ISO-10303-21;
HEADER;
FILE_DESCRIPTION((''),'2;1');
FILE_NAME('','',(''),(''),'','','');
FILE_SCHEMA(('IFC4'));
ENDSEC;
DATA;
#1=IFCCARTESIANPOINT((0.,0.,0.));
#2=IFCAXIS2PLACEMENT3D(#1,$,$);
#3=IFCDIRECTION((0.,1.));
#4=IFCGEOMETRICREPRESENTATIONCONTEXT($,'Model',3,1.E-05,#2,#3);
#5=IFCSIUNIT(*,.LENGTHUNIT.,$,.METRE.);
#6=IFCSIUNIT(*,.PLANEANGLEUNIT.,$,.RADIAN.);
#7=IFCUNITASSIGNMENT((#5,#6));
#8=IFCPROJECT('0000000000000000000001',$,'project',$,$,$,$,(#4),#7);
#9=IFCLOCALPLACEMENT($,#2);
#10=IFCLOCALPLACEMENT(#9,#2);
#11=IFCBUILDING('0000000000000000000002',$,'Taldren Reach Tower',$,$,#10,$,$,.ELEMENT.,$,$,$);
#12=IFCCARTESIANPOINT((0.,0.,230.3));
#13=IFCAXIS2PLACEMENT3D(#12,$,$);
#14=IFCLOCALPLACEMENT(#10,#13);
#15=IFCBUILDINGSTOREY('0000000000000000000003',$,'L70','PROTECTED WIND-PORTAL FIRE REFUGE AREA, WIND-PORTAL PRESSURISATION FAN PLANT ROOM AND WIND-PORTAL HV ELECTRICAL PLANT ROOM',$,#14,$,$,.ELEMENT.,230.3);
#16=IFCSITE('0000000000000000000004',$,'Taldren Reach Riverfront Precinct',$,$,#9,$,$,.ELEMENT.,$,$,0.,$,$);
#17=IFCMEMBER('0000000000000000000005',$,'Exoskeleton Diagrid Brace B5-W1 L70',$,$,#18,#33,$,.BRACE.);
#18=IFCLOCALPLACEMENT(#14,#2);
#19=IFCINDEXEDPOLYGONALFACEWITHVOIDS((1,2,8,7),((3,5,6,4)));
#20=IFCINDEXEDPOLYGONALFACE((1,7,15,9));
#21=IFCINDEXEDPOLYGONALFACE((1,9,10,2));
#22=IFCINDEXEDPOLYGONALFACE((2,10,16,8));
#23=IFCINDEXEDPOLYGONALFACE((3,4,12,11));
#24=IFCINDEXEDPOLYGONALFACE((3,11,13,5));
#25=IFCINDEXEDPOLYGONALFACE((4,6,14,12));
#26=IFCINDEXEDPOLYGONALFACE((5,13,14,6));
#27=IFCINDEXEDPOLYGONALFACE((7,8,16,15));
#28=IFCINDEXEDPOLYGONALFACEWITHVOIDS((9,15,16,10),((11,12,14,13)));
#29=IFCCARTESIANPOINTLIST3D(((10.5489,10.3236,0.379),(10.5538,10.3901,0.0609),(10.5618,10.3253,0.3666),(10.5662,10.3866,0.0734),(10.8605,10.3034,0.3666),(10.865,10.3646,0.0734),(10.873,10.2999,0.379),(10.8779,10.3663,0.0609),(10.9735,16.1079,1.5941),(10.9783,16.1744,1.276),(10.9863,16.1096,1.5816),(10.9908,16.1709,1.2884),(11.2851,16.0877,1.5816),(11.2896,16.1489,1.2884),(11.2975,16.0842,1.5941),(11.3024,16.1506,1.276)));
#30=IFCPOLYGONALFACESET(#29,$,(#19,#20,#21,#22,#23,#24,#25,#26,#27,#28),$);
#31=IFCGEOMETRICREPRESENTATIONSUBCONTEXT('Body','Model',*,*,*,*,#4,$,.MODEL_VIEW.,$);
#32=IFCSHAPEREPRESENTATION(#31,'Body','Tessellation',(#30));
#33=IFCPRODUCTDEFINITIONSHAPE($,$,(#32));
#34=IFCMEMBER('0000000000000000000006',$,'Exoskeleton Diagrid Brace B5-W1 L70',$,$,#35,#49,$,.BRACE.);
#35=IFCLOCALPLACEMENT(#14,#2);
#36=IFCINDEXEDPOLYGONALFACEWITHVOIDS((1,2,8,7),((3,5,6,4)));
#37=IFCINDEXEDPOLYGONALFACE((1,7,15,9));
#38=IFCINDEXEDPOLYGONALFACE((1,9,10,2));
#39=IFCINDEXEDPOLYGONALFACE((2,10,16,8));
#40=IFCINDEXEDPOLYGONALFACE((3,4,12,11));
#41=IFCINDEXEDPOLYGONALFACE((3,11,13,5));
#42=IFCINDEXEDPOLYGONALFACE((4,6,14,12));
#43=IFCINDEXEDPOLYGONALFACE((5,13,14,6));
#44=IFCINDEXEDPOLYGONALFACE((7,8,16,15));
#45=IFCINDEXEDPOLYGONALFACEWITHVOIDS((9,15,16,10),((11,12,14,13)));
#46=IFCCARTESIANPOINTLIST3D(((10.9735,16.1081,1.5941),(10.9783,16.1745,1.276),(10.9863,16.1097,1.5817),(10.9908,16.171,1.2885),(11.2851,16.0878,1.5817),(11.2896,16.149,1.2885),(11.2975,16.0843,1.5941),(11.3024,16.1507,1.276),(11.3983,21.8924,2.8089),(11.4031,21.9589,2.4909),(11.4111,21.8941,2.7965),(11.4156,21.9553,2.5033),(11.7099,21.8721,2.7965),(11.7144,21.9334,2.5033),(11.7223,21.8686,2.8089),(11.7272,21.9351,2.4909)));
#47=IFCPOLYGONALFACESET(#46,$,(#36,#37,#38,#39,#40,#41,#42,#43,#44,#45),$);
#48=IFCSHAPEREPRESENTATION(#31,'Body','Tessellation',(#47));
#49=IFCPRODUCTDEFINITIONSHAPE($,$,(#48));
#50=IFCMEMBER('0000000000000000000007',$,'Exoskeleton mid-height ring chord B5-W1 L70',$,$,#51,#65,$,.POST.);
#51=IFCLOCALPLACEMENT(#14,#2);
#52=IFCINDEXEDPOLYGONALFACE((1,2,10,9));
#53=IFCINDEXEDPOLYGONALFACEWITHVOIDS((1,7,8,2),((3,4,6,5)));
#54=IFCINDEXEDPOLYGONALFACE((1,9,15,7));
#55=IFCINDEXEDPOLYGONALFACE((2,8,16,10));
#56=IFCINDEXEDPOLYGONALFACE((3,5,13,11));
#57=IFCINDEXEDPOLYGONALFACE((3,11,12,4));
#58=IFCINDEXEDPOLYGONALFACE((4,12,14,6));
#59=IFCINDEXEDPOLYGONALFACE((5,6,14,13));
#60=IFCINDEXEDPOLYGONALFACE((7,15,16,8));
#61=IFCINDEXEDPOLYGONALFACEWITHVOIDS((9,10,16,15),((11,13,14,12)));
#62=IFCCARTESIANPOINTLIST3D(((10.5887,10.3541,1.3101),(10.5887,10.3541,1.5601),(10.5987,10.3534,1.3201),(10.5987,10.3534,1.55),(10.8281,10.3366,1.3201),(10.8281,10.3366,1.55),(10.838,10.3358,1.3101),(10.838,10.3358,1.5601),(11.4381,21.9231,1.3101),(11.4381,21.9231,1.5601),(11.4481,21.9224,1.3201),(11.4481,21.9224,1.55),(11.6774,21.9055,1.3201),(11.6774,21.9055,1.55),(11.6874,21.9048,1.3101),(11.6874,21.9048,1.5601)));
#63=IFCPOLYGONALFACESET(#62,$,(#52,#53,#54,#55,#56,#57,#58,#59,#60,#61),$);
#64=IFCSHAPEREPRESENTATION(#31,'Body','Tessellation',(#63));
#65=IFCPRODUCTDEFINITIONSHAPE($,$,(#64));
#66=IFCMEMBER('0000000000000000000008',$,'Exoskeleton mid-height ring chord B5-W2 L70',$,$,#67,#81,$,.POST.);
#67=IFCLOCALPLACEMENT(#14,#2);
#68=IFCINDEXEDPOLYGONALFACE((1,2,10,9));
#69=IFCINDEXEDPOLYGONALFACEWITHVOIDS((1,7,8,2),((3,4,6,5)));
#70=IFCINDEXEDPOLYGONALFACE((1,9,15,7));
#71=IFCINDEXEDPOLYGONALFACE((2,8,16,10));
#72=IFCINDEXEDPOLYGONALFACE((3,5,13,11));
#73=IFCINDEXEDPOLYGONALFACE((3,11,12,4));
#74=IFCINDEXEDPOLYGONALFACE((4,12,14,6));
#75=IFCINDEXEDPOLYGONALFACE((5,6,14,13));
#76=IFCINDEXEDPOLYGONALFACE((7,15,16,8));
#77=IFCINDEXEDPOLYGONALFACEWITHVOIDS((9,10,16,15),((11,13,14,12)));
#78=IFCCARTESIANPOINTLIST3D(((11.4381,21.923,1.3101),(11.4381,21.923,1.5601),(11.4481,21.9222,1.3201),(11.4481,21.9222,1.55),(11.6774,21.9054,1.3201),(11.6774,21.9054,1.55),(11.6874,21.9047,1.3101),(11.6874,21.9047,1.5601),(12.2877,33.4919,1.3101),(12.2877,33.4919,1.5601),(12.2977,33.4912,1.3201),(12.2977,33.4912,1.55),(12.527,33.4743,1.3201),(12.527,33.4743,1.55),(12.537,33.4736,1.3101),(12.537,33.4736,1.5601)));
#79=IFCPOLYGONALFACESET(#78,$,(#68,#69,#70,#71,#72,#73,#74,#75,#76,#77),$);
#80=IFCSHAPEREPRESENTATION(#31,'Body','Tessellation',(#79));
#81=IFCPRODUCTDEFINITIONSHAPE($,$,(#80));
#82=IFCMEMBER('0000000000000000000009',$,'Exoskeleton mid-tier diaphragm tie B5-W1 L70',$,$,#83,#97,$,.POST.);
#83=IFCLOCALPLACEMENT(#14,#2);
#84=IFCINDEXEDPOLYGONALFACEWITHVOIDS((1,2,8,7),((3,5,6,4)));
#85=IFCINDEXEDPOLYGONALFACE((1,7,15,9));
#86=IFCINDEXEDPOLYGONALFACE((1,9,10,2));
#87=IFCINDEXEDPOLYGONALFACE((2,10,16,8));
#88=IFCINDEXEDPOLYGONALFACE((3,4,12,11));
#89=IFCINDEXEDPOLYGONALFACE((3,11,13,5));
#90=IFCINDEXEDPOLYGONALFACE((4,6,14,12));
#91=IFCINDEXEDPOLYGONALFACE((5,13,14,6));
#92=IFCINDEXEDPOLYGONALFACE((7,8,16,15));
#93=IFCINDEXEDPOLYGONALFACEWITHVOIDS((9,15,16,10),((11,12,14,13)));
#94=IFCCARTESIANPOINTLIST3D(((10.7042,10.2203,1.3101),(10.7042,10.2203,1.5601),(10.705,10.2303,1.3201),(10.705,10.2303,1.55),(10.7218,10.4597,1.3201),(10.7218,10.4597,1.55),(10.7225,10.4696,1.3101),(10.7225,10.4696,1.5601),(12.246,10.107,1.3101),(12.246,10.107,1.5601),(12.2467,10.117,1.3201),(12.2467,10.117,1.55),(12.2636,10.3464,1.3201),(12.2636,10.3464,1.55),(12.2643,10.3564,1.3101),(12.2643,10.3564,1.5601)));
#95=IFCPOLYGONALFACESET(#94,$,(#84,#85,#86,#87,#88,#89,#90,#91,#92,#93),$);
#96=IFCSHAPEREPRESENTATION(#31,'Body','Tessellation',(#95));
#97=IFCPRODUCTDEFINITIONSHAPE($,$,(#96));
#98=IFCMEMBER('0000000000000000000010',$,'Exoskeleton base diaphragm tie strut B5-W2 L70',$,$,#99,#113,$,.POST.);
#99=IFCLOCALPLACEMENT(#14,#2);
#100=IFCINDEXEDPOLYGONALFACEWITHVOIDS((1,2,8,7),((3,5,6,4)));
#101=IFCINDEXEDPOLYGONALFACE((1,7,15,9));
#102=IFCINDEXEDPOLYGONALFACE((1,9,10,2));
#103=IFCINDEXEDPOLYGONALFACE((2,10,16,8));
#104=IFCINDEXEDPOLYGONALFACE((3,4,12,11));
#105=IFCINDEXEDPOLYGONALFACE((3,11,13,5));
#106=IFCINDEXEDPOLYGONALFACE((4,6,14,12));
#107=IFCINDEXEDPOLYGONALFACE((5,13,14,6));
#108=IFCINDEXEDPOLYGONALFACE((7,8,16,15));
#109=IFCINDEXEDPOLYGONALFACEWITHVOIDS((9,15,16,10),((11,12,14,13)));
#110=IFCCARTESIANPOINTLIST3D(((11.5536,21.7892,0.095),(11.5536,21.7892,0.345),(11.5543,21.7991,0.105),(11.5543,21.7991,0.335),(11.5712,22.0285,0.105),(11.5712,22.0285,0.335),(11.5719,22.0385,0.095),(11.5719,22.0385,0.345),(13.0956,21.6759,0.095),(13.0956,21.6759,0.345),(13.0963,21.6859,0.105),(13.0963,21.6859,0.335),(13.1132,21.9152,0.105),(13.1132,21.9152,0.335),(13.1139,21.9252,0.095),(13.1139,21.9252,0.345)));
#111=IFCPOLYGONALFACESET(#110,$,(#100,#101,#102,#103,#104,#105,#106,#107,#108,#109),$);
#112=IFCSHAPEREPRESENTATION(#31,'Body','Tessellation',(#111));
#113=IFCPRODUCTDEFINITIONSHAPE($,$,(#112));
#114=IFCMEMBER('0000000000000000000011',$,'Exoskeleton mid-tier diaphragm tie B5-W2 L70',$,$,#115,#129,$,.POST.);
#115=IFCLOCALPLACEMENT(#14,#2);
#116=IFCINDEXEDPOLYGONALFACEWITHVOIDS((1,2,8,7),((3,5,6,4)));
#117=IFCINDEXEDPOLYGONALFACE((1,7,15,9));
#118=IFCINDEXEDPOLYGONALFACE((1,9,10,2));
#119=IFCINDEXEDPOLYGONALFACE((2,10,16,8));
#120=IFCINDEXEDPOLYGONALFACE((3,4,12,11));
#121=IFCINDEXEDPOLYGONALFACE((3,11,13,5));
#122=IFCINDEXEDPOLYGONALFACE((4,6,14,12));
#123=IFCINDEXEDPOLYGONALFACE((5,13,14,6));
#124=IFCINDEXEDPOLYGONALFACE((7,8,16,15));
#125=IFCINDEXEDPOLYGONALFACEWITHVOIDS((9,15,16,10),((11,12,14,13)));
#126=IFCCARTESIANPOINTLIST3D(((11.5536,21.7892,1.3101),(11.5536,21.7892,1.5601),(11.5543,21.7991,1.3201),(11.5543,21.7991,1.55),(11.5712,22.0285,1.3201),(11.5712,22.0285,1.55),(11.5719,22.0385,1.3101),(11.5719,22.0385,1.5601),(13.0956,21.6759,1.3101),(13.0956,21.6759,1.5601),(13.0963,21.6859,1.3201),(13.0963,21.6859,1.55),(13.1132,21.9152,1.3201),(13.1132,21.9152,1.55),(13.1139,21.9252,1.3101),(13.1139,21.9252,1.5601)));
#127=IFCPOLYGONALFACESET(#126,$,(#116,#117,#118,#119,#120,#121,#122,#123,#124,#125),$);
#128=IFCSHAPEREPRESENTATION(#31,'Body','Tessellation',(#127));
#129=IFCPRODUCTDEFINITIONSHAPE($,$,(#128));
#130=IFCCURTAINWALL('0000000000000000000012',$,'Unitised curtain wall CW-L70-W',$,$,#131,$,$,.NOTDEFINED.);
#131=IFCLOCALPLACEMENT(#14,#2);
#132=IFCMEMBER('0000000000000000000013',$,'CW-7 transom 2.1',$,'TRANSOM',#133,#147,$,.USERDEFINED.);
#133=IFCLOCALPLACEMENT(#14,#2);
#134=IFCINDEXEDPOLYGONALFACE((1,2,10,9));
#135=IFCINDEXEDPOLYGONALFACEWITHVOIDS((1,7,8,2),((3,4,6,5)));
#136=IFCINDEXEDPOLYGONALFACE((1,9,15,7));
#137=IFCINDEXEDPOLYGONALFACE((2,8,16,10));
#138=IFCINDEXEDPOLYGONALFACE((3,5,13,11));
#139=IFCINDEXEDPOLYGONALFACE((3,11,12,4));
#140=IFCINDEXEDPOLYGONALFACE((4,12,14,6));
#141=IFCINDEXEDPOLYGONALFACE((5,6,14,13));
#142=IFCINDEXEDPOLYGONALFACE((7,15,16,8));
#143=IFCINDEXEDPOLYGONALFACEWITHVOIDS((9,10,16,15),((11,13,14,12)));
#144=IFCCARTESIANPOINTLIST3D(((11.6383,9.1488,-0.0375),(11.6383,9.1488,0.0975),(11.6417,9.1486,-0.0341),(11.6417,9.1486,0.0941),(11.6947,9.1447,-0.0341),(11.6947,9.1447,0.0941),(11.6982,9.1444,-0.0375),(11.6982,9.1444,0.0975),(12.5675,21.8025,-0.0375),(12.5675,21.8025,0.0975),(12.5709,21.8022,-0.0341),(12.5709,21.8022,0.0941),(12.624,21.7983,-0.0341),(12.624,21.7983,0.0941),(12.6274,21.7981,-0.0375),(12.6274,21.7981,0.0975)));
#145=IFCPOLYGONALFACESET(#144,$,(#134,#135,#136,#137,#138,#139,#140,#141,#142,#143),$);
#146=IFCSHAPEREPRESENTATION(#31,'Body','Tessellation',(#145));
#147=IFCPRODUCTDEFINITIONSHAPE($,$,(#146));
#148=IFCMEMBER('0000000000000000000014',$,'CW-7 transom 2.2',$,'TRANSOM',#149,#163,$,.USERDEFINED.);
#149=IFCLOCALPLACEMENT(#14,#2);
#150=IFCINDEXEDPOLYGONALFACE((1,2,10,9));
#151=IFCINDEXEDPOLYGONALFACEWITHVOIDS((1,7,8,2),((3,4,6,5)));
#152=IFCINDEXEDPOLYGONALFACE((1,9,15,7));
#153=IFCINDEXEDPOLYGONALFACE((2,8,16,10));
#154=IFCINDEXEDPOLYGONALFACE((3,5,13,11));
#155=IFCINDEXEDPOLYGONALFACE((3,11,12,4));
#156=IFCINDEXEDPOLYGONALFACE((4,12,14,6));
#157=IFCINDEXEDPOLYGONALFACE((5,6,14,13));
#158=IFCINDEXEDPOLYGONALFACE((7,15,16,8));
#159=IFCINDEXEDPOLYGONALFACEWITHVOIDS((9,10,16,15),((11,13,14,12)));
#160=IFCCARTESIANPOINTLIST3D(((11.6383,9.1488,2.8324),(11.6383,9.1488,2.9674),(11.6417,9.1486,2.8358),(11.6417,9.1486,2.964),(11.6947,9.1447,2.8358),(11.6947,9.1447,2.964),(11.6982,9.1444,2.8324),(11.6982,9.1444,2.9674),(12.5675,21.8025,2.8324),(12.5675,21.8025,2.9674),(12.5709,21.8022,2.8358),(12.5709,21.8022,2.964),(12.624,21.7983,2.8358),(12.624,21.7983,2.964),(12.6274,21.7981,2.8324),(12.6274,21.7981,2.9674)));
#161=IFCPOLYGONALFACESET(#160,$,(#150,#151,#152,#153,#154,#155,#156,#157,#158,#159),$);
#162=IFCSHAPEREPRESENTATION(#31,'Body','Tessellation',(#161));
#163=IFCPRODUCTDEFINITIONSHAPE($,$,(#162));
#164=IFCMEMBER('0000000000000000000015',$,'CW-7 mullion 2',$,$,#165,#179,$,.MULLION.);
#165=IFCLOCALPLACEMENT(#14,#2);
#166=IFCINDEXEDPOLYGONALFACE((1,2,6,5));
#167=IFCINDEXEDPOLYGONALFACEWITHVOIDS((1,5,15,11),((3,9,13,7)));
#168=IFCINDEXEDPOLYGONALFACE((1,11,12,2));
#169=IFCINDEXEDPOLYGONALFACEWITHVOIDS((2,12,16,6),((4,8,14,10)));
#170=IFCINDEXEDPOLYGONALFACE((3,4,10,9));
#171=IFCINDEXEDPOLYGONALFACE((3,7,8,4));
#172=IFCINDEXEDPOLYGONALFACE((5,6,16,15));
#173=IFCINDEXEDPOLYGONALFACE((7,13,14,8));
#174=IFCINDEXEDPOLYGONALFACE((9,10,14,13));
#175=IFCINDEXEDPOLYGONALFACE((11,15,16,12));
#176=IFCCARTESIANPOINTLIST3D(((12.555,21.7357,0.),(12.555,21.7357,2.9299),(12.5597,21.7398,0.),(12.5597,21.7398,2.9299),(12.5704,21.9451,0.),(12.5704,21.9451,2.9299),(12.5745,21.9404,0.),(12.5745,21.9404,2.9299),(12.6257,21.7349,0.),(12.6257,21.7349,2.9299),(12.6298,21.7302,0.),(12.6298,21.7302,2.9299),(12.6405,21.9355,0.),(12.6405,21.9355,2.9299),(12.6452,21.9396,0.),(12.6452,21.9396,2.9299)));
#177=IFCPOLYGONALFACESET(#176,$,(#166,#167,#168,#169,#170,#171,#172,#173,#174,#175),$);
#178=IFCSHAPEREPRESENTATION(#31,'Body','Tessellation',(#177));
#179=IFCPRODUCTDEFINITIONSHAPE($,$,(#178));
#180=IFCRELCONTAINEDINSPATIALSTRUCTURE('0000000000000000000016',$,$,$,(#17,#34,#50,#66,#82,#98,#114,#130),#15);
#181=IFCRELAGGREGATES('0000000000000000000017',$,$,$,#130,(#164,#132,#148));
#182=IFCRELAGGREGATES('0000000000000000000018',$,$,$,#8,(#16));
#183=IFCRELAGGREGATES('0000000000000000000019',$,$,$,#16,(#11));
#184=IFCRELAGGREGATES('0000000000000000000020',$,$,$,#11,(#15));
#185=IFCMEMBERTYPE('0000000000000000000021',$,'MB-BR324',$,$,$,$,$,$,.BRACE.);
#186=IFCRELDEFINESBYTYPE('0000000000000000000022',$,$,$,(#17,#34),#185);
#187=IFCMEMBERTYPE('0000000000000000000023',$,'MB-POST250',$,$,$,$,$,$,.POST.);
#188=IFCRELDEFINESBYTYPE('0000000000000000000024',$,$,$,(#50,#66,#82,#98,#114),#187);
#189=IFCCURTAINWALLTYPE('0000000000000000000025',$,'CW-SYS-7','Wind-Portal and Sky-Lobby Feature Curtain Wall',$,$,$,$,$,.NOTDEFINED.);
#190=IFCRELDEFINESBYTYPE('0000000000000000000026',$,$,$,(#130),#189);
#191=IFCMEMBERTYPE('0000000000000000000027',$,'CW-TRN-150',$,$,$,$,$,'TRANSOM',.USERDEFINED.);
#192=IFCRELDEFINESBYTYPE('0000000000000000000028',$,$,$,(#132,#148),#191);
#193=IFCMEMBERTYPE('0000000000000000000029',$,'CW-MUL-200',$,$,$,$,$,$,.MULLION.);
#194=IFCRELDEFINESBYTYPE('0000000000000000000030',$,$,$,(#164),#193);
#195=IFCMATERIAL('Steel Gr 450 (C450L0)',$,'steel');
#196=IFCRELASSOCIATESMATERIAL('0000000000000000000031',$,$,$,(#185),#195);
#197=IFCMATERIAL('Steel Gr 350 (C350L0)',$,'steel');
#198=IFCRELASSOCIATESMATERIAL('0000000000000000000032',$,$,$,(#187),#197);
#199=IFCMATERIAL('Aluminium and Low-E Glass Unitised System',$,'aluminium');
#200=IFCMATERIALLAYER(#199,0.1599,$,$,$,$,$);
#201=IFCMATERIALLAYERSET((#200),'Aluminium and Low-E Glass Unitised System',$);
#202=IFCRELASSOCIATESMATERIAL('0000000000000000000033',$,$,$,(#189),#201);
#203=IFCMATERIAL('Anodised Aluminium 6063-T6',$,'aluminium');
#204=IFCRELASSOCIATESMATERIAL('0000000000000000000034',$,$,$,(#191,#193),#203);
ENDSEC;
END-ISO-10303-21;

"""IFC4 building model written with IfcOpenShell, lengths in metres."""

from ifc_helpers import new_model, si_unit, direction, frame, origin, origin_2d, place, context, subcontext, project, spatial, hollow_rectangle, extrude, source, transform, mapped, material, layer, layer_set, material_profile, profile_set, type_object, element, aggregate, save


model = new_model("IFC4")

# Units and contexts
model_context = context("Model", 3, precision=1e-05, world=origin(), true_north=direction((0.0, 1.0)))
body_context = subcontext(model_context, "Body", "Model", "MODEL_VIEW")
ifc_project = project(units=[si_unit("LENGTHUNIT", "METRE"), si_unit("PLANEANGLEUNIT", "RADIAN")], contexts=[model_context])

# Site, building, storey
site_placement = place(None, origin())
site = spatial("IfcSite", under=ifc_project, at=site_placement, Name="Taldren Reach Riverfront Precinct", CompositionType="ELEMENT", RefElevation=0.0)
building_placement = place(site_placement, origin())
building = spatial("IfcBuilding", under=site, at=building_placement, Name="Taldren Reach Tower", CompositionType="ELEMENT")
storey_placement = place(building_placement, frame((0.0, 0.0, 230.3)))
storey = spatial("IfcBuildingStorey", under=building, at=storey_placement, Name="L70", Description="PROTECTED WIND-PORTAL FIRE REFUGE AREA, WIND-PORTAL PRESSURISATION FAN PLANT ROOM AND WIND-PORTAL HV ELECTRICAL PLANT ROOM", CompositionType="ELEMENT", Elevation=230.3)

# Shared definitions
ifc_material_1 = material(Name="Steel Gr 450 (C450L0)", Category="steel")

# Members
ifc_material_profile_1 = material_profile(ifc_material_1, hollow_rectangle(XDim=0.325, YDim=0.325, WallThickness=0.0127, at=origin_2d()), Name="325x325x12.7SHS")
ifc_profile_set_1 = profile_set([ifc_material_profile_1], Name="Steel Gr 450 (C450L0)")
member_type_1 = type_object("IfcMemberType", Name="MB-BR324", PredefinedType="BRACE", material=ifc_profile_set_1)
shared_shape_1 = source(origin(), body_context, "Body", "SweptSolid", [
    extrude(hollow_rectangle(XDim=0.325, YDim=0.325, WallThickness=0.0127, at=origin_2d()), origin(), (0.0, 0.0, 1.0), 5.9258),
])
for number, where, z_axis, x_axis, name in (
    (1, (10.7134, 10.345, 0.22), (0.071645, 0.976126, 0.205047), (-0.997317, 0.0732, 0.0), "Exoskeleton Diagrid Brace B5-W1 L70"),
    (2, (11.1379, 16.1294, 1.4351), (0.071687, 0.976132, 0.205007), (-0.997314, 0.073242, 0.0), "Exoskeleton Diagrid Brace B5-W1 L70"),
):
    element("IfcMember", number, at=place(storey_placement, frame(where, z_axis=z_axis, x_axis=x_axis)), inside=storey, type_object=member_type_1, Name=name, PredefinedType="BRACE", context=body_context, shape_type="MappedRepresentation", body=[
        mapped(shared_shape_1, transform((0.0, 0.0, 0.0), scale=1.0)),
    ])
ifc_material_2 = material(Name="Steel Gr 350 (C350L0)", Category="steel")
ifc_material_profile_2 = material_profile(ifc_material_2, hollow_rectangle(XDim=0.25, YDim=0.25, WallThickness=0.01, at=origin_2d()), Name="250x250x10.0SHS")
ifc_profile_set_2 = profile_set([ifc_material_profile_2], Name="Steel Gr 350 (C350L0)")
member_type_2 = type_object("IfcMemberType", Name="MB-POST250", PredefinedType="POST", material=ifc_profile_set_2)
shared_shape_2 = source(origin(), body_context, "Body", "SweptSolid", [
    extrude(hollow_rectangle(XDim=0.25, YDim=0.25, WallThickness=0.01, at=origin_2d()), origin(), (0.0, 0.0, 1.0), 11.6001),
])
for number, where, z_axis, x_axis, name in (
    (3, (10.7134, 10.345, 1.4351), (0.073221, 0.997316, 0.0), (-0.997316, 0.073221, 0.0), "Exoskeleton mid-height ring chord B5-W1 L70"),
    (4, (11.5627, 21.9138, 1.4351), (0.073242, 0.997314, 0.0), (-0.997314, 0.073242, 0.0), "Exoskeleton mid-height ring chord B5-W2 L70"),
):
    element("IfcMember", number, at=place(storey_placement, frame(where, z_axis=z_axis, x_axis=x_axis)), inside=storey, type_object=member_type_2, Name=name, PredefinedType="POST", context=body_context, shape_type="MappedRepresentation", body=[
        mapped(shared_shape_2, transform((0.0, 0.0, 0.0), scale=1.0)),
    ])
shared_shape_3 = source(origin(), body_context, "Body", "SweptSolid", [
    extrude(hollow_rectangle(XDim=0.25, YDim=0.25, WallThickness=0.01, at=origin_2d()), origin(), (0.0, 0.0, 1.0), 1.5459),
])
member_1_placement = place(storey_placement, frame((12.2551, 10.2317, 1.4351), z_axis=(-0.997312, 0.073278, 0.0), x_axis=(-0.073278, -0.997312, 0.0)))
element("IfcMember", 5, at=member_1_placement, inside=storey, type_object=member_type_2, Name="Exoskeleton mid-tier diaphragm tie B5-W1 L70", PredefinedType="POST", context=body_context, shape_type="MappedRepresentation", body=[
    mapped(shared_shape_3, transform((0.0, 0.0, 0.0), scale=1.0)),
])
shared_shape_4 = source(origin(), body_context, "Body", "SweptSolid", [
    extrude(hollow_rectangle(XDim=0.25, YDim=0.25, WallThickness=0.01, at=origin_2d()), origin(), (0.0, 0.0, 1.0), 1.5461),
])
for number, where, z_axis, x_axis, name in (
    (6, (13.1047, 21.8005, 0.22), (-0.997312, 0.073267, 0.0), (-0.073267, -0.997312, 0.0), "Exoskeleton base diaphragm tie strut B5-W2 L70"),
    (7, (13.1047, 21.8005, 1.4351), (-0.997312, 0.073267, 0.0), (-0.073267, -0.997312, 0.0), "Exoskeleton mid-tier diaphragm tie B5-W2 L70"),
):
    element("IfcMember", number, at=place(storey_placement, frame(where, z_axis=z_axis, x_axis=x_axis)), inside=storey, type_object=member_type_2, Name=name, PredefinedType="POST", context=body_context, shape_type="MappedRepresentation", body=[
        mapped(shared_shape_4, transform((0.0, 0.0, 0.0), scale=1.0)),
    ])

# Curtain wall, members
ifc_material_3 = material(Name="Aluminium and Low-E Glass Unitised System", Category="aluminium")
ifc_layer_1 = layer(ifc_material_3, 0.1599)
ifc_layer_set_1 = layer_set([ifc_layer_1], Name="Aluminium and Low-E Glass Unitised System")
curtain_wall_type = type_object("IfcCurtainWallType", Name="CW-SYS-7", Description="Wind-Portal and Sky-Lobby Feature Curtain Wall", PredefinedType="NOTDEFINED", material=ifc_layer_set_1)
curtain_wall_placement = place(storey_placement, origin())
curtain_wall = element("IfcCurtainWall", 8, at=curtain_wall_placement, inside=storey, type_object=curtain_wall_type, Name="Unitised curtain wall CW-L70-W", PredefinedType="NOTDEFINED")
ifc_material_4 = material(Name="Anodised Aluminium 6063-T6", Category="aluminium")
ifc_material_profile_3 = material_profile(ifc_material_4, hollow_rectangle(XDim=0.0601, YDim=0.135, WallThickness=0.0034, at=origin_2d()), Name="ALU-135x60x3.5RHS")
ifc_profile_set_3 = profile_set([ifc_material_profile_3], Name="Anodised Aluminium 6063-T6")
member_type_3 = type_object("IfcMemberType", Name="CW-TRN-150", ElementType="TRANSOM", PredefinedType="USERDEFINED", material=ifc_profile_set_3)
shared_shape_5 = source(origin(), body_context, "Body", "SweptSolid", [
    extrude(hollow_rectangle(XDim=0.0601, YDim=0.135, WallThickness=0.0034, at=origin_2d()), origin(), (0.0, 0.0, 1.0), 12.6877),
])
member_2_placement = place(storey_placement, frame((12.5974, 21.8003, 0.03), z_axis=(-0.073237, -0.997315, 0.0), x_axis=(0.997315, -0.073237, 0.0)))
member_2 = element("IfcMember", 9, at=member_2_placement, type_object=member_type_3, Name="CW-7 transom 2.1", ObjectType="TRANSOM", PredefinedType="USERDEFINED", context=body_context, shape_type="MappedRepresentation", body=[
    mapped(shared_shape_5, transform((0.0, 0.0, 0.0), scale=1.0)),
])
member_3_placement = place(storey_placement, frame((12.5974, 21.8003, 2.8999), z_axis=(-0.073237, -0.997315, 0.0), x_axis=(0.997315, -0.073237, 0.0)))
member_3 = element("IfcMember", 10, at=member_3_placement, type_object=member_type_3, Name="CW-7 transom 2.2", ObjectType="TRANSOM", PredefinedType="USERDEFINED", context=body_context, shape_type="MappedRepresentation", body=[
    mapped(shared_shape_5, transform((0.0, 0.0, 0.0), scale=1.0)),
])
ifc_material_profile_4 = material_profile(ifc_material_4, hollow_rectangle(XDim=0.075, YDim=0.21, WallThickness=0.0044, at=origin_2d()), Name="ALU-210x75x4.5RHS")
ifc_profile_set_4 = profile_set([ifc_material_profile_4], Name="Anodised Aluminium 6063-T6")
member_type_4 = type_object("IfcMemberType", Name="CW-MUL-200", PredefinedType="MULLION", material=ifc_profile_set_4)
shared_shape_6 = source(origin(), body_context, "Body", "SweptSolid", [
    extrude(hollow_rectangle(XDim=0.075, YDim=0.21, WallThickness=0.0044, at=origin_2d()), origin(), (0.0, 0.0, 1.0), 2.9299),
])
member_4_placement = place(storey_placement, frame((12.6001, 21.8376, 0.0), z_axis=(0.0, 0.0, 1.0), x_axis=(0.997314, -0.073238, 0.0)))
member_4 = element("IfcMember", 11, at=member_4_placement, type_object=member_type_4, Name="CW-7 mullion 2", PredefinedType="MULLION", context=body_context, shape_type="MappedRepresentation", body=[
    mapped(shared_shape_6, transform((0.0, 0.0, 0.0), scale=1.0)),
])

aggregate(curtain_wall, [member_4, member_2, member_3])

save(model, "model.ifc")
